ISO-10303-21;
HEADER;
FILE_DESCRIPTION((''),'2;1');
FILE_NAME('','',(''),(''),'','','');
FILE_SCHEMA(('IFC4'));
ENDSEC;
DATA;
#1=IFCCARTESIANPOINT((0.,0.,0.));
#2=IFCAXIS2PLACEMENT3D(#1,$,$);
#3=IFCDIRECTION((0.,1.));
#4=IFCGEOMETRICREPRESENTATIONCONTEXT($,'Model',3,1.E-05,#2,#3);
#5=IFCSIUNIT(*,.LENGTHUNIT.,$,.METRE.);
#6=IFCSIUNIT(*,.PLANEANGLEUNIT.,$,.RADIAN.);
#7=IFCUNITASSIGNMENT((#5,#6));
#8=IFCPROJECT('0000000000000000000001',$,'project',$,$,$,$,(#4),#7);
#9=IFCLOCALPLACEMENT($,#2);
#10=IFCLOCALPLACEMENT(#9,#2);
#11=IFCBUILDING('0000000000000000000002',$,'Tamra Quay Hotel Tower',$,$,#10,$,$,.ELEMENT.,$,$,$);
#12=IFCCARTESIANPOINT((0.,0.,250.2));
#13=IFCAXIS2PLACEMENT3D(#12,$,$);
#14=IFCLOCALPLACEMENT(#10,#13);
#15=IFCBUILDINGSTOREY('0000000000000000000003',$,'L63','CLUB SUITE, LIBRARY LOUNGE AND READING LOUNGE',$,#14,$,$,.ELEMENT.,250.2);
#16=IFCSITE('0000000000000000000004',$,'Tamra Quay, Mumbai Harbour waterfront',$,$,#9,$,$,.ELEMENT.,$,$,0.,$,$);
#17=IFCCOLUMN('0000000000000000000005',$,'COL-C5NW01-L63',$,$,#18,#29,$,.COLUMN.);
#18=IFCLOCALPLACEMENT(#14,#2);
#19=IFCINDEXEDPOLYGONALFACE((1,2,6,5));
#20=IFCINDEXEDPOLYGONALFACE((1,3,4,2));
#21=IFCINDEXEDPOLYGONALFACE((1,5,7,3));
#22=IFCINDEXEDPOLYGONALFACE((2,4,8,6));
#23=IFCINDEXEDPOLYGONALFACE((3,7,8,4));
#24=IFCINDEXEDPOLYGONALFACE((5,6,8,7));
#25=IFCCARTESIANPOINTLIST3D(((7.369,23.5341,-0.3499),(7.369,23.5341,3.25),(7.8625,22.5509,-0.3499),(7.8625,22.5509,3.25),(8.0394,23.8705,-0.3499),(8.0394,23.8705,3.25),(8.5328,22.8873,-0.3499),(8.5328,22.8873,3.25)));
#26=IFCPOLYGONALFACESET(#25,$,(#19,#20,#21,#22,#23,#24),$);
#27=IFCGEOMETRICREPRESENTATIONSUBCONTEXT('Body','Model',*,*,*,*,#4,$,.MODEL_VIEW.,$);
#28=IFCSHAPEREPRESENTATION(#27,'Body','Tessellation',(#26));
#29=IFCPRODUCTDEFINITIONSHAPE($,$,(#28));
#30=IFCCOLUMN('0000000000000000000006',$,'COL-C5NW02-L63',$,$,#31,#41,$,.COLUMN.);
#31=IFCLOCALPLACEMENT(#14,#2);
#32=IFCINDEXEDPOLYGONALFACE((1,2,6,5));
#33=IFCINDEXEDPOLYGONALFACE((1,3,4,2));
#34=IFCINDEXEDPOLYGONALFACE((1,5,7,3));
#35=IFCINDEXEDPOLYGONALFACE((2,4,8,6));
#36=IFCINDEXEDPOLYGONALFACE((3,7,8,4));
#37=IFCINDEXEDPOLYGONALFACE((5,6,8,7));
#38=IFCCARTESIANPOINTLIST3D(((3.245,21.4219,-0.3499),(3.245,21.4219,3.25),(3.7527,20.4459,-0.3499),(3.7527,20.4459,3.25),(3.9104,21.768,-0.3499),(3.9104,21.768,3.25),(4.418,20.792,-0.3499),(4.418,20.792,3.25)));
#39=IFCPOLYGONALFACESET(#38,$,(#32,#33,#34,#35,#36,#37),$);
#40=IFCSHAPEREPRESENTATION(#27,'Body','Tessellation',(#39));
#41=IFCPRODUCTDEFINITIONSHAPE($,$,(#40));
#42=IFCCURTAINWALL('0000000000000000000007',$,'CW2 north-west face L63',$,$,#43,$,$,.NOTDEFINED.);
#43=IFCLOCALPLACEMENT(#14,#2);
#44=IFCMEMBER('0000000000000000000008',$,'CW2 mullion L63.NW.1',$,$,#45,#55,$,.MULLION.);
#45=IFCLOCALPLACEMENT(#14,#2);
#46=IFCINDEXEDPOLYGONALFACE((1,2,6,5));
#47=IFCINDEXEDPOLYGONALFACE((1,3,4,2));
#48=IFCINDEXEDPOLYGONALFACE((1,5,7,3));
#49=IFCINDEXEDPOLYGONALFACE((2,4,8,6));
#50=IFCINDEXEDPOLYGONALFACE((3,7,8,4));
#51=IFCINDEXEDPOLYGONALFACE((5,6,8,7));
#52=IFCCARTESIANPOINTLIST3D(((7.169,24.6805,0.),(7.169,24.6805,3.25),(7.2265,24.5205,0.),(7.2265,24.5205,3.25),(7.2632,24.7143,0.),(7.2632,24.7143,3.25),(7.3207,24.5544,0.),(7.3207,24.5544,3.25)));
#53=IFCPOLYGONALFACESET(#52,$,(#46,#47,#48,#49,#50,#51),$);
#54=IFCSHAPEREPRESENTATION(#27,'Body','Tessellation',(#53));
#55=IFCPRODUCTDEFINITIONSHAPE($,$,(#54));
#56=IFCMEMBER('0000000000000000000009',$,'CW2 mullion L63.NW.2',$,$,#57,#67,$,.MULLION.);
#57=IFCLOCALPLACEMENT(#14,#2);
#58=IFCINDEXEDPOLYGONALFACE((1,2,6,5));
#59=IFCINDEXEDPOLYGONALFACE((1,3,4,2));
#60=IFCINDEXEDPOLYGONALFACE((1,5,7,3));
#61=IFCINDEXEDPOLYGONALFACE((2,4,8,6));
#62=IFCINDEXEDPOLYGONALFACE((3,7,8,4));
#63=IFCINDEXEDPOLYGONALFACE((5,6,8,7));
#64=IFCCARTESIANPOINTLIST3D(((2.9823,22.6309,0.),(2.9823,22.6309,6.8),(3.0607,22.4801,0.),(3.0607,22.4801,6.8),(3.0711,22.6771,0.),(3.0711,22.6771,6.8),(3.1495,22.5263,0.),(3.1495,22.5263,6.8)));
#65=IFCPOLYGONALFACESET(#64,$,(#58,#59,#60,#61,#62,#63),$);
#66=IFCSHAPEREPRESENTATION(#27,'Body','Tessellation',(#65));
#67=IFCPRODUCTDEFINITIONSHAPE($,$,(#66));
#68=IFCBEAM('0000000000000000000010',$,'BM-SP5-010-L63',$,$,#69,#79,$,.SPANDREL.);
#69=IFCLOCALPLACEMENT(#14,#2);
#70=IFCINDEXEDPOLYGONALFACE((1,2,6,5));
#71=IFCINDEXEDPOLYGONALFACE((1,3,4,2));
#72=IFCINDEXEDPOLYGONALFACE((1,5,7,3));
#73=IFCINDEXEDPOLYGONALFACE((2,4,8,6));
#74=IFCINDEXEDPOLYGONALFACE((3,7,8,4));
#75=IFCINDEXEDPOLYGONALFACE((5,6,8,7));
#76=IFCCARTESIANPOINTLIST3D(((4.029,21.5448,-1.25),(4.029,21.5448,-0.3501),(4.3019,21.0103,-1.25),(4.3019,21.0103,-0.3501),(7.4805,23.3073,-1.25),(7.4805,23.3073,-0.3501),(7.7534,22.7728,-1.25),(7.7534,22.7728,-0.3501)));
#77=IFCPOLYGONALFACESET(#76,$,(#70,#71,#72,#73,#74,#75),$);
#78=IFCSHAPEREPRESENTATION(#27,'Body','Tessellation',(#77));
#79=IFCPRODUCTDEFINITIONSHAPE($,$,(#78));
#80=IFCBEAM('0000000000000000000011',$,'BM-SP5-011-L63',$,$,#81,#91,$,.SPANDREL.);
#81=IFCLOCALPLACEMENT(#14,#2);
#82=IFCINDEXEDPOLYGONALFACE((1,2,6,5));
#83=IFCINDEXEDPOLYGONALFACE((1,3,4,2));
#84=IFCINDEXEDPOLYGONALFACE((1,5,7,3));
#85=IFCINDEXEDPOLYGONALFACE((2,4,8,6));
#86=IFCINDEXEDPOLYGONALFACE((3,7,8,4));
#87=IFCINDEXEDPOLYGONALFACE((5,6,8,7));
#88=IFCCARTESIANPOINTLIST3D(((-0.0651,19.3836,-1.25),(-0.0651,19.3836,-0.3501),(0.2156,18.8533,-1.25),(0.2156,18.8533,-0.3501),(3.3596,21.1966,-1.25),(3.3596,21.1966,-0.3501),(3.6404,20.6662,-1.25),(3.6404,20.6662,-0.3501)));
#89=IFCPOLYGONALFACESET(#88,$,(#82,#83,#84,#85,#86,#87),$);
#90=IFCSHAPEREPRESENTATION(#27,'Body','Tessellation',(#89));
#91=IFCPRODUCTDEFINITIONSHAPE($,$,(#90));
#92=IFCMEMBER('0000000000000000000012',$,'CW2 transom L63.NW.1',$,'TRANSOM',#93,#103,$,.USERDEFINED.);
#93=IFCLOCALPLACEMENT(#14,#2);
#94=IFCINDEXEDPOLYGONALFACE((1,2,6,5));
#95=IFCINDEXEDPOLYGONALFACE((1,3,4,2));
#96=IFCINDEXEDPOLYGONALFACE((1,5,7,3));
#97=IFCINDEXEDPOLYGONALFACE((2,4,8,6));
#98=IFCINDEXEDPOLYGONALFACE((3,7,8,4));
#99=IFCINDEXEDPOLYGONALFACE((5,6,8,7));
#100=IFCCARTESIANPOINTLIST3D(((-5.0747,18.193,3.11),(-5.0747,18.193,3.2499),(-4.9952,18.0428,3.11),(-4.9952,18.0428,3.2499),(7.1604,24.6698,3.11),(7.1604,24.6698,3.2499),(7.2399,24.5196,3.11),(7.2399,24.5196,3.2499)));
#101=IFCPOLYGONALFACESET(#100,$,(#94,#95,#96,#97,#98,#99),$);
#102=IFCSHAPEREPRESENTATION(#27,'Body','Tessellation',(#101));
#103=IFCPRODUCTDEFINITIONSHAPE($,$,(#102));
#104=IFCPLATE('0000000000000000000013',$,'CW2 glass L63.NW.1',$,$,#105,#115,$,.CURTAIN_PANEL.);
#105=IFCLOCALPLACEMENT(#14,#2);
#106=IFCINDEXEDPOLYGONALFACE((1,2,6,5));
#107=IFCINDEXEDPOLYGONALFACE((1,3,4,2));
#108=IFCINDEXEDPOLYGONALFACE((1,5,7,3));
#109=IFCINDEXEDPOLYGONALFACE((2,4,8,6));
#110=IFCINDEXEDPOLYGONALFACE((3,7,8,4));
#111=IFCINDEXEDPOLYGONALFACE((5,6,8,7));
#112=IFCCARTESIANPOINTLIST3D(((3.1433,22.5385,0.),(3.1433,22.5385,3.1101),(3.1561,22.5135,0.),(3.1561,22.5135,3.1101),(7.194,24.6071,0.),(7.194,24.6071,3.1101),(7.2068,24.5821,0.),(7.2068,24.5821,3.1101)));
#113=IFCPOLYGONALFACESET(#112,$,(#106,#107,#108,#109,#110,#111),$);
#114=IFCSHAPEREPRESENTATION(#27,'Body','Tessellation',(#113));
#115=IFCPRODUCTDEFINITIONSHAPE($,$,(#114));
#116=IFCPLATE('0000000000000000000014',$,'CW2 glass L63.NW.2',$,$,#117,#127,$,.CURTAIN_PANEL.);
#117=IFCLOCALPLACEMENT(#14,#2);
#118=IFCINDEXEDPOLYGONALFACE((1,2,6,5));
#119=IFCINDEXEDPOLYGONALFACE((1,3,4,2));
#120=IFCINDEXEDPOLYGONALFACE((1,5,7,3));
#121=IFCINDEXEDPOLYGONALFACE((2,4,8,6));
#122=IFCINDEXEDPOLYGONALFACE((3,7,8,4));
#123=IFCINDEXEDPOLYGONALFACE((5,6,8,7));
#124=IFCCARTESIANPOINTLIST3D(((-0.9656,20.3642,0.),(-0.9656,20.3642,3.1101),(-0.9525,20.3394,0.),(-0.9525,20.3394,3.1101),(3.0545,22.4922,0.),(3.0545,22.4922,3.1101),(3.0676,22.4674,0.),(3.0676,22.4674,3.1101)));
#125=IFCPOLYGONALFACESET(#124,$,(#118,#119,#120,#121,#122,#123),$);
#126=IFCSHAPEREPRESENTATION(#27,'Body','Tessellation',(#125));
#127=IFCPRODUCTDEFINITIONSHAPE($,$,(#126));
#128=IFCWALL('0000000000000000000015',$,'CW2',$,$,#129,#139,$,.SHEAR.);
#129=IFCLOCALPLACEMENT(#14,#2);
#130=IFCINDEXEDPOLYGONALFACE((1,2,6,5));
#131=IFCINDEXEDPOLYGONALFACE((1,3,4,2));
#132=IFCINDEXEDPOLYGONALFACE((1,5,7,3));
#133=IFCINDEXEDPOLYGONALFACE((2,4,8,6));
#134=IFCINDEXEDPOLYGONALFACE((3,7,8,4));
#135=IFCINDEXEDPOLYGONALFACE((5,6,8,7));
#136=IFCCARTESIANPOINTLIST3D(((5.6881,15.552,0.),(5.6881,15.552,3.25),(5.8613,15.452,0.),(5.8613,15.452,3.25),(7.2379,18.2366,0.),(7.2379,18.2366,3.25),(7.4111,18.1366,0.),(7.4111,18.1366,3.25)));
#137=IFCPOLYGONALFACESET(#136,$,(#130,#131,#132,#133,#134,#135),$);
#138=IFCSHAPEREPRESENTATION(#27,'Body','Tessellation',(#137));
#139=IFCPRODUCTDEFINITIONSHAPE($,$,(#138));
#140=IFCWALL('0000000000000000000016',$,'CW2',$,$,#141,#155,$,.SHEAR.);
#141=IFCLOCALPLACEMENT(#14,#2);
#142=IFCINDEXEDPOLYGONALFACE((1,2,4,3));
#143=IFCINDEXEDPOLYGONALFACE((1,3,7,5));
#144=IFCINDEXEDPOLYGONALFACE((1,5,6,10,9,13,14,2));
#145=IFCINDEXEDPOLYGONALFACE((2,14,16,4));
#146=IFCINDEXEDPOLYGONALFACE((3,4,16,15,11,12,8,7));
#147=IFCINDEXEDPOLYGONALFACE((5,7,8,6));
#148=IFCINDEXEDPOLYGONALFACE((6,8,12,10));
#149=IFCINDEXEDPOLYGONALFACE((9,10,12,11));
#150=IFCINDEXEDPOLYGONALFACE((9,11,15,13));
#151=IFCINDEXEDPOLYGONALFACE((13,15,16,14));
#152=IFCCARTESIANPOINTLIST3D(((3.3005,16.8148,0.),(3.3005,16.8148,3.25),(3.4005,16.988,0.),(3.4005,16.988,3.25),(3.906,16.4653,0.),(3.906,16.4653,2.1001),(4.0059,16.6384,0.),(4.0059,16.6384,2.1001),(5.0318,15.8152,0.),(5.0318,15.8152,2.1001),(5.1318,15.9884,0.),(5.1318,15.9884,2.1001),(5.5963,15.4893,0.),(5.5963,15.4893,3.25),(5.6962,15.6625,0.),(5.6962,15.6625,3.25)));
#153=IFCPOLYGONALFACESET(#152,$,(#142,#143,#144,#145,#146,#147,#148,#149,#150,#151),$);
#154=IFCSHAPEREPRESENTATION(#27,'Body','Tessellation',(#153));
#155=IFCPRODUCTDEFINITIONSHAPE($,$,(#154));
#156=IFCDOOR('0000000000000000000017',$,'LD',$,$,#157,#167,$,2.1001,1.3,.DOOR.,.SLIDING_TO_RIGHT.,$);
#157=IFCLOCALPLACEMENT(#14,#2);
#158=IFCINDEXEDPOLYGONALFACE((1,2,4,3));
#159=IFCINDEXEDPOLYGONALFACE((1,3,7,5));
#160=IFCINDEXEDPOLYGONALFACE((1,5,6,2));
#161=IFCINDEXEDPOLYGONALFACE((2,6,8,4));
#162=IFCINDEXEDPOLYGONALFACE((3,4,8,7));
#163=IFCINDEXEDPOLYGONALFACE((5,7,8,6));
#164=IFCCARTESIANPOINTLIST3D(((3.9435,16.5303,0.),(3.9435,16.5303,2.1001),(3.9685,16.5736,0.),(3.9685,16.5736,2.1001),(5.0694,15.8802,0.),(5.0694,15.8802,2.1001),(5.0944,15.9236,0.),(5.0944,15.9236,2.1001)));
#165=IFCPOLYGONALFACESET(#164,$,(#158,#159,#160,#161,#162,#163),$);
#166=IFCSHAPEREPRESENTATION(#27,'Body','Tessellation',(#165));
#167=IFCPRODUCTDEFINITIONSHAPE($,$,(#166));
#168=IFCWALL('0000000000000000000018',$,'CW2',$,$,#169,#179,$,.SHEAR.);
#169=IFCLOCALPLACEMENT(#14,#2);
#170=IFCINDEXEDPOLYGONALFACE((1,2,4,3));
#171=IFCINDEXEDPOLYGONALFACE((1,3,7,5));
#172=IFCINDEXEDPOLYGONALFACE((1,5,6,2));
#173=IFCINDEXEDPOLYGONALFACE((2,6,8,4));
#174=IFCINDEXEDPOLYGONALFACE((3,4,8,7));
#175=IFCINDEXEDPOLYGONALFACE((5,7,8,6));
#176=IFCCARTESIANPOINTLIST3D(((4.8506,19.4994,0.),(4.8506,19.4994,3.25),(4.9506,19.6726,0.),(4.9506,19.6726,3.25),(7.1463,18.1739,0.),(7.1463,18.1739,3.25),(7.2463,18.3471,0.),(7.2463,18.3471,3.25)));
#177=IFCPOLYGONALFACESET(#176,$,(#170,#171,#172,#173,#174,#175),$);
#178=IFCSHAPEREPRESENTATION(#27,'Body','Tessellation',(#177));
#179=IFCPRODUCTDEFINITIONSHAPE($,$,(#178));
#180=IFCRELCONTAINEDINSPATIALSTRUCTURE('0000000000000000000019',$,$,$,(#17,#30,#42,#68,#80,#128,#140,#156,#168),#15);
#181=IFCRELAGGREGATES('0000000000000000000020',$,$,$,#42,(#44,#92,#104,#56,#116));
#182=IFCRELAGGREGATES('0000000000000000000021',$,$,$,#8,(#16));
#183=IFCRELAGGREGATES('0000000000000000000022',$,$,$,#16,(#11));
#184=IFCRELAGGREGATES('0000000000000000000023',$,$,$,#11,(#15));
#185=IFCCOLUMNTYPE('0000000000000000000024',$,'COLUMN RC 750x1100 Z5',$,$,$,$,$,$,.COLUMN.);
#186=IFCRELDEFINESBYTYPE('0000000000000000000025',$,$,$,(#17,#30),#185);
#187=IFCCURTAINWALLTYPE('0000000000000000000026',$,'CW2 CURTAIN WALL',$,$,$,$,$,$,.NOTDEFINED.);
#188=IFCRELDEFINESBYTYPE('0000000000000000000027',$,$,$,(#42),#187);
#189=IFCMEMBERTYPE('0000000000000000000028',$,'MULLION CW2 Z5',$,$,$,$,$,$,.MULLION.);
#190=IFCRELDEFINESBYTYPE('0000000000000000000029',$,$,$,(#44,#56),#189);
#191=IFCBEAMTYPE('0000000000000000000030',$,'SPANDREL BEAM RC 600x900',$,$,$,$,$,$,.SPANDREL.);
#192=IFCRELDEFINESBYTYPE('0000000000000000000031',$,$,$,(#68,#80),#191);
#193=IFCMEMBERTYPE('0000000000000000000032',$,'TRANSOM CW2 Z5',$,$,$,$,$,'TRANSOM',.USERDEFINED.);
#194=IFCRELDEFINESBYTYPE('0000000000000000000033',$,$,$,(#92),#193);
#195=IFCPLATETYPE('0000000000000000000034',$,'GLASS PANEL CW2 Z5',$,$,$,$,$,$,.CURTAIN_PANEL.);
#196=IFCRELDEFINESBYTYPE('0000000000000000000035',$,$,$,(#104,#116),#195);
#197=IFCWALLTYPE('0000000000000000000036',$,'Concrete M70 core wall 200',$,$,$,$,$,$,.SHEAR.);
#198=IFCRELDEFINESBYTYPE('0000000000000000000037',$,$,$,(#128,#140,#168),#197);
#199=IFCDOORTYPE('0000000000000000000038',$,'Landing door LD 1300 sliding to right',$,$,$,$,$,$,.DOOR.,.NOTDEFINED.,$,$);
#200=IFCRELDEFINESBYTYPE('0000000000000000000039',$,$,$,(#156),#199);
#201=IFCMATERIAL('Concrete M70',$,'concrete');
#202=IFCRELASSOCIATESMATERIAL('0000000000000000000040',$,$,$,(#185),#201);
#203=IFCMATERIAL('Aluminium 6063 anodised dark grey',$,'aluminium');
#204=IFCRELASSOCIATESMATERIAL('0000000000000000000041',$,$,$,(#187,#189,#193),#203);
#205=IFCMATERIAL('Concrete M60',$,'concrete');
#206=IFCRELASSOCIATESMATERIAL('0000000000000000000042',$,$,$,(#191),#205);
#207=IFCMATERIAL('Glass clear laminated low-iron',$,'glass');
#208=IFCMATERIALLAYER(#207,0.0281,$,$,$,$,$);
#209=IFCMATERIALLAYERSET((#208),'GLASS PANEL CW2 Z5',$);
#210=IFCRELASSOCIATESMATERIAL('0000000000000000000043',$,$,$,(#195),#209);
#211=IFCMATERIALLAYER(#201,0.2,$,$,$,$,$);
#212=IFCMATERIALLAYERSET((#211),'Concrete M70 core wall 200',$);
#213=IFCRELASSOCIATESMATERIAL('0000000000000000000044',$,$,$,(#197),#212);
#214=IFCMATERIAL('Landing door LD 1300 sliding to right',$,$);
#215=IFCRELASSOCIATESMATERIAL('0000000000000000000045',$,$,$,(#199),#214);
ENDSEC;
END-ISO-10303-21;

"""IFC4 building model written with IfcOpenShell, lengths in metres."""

from ifc_helpers import new_model, si_unit, direction, frame, frame_2d, origin, origin_2d, place, context, subcontext, project, spatial, rectangle, extrude, material, layer, layer_set, material_profile, profile_set, type_object, element, fill, aggregate, save


model = new_model("IFC4")

# Units and contexts
model_context = context("Model", 3, precision=1e-05, world=origin(), true_north=direction((0.0, 1.0)))
body_context = subcontext(model_context, "Body", "Model", "MODEL_VIEW")
ifc_project = project(units=[si_unit("LENGTHUNIT", "METRE"), si_unit("PLANEANGLEUNIT", "RADIAN")], contexts=[model_context])

# Site, building, storey
site_placement = place(None, origin())
site = spatial("IfcSite", under=ifc_project, at=site_placement, Name="Tamra Quay, Mumbai Harbour waterfront", CompositionType="ELEMENT", RefElevation=0.0)
building_placement = place(site_placement, origin())
building = spatial("IfcBuilding", under=site, at=building_placement, Name="Tamra Quay Hotel Tower", CompositionType="ELEMENT")
storey_placement = place(building_placement, frame((0.0, 0.0, 250.2)))
storey = spatial("IfcBuildingStorey", under=building, at=storey_placement, Name="L63", Description="CLUB SUITE, LIBRARY LOUNGE AND READING LOUNGE", CompositionType="ELEMENT", Elevation=250.2)

# Columns
ifc_material_1 = material(Name="Concrete M70", Category="concrete")
ifc_material_profile_1 = material_profile(ifc_material_1, rectangle(XDim=1.1001, YDim=0.75, at=origin_2d()), Name="COLUMN RC 750x1100 Z5")
ifc_profile_set_1 = profile_set([ifc_material_profile_1], Name="Concrete M70")
column_type = type_object("IfcColumnType", Name="COLUMN RC 750x1100 Z5", PredefinedType="COLUMN", material=ifc_profile_set_1)
for number, where, z_axis, x_axis, name in (
    (1, (7.9509, 23.2107, -0.3499), (0.0, 0.0, 1.0), (-0.448553, 0.893756, 0.0), "COL-C5NW01-L63"),
    (2, (3.8315, 21.1069, -0.3499), (0.0, 0.0, 1.0), (-0.461448, 0.887167, 0.0), "COL-C5NW02-L63"),
):
    element("IfcColumn", number, at=place(storey_placement, frame(where, z_axis=z_axis, x_axis=x_axis)), inside=storey, type_object=column_type, Name=name, PredefinedType="COLUMN", context=body_context, shape_type="SweptSolid", body=[
        extrude(rectangle(XDim=1.1001, YDim=0.75, at=origin_2d()), origin(), (0.0, 0.0, 1.0), 3.5999),
    ])

# Curtain wall, members
ifc_material_2 = material(Name="Aluminium 6063 anodised dark grey", Category="aluminium")
curtain_wall_type = type_object("IfcCurtainWallType", Name="CW2 CURTAIN WALL", PredefinedType="NOTDEFINED", material=ifc_material_2)
curtain_wall_placement = place(storey_placement, origin())
curtain_wall = element("IfcCurtainWall", 3, at=curtain_wall_placement, inside=storey, type_object=curtain_wall_type, Name="CW2 north-west face L63", PredefinedType="NOTDEFINED")
ifc_material_profile_2 = material_profile(ifc_material_2, rectangle(XDim=0.1699, YDim=0.1001, at=origin_2d()), Name="MULLION 100X170")
ifc_profile_set_2 = profile_set([ifc_material_profile_2], Name="Aluminium 6063 anodised dark grey")
member_type_1 = type_object("IfcMemberType", Name="MULLION CW2 Z5", PredefinedType="MULLION", material=ifc_profile_set_2)
member_1_placement = place(storey_placement, frame((7.2449, 24.6174, 0.0), z_axis=(0.0, 0.0, 1.0), x_axis=(-0.338259, 0.941053, 0.0)))
member_1 = element("IfcMember", 4, at=member_1_placement, type_object=member_type_1, Name="CW2 mullion L63.NW.1", PredefinedType="MULLION", context=body_context, shape_type="SweptSolid", body=[
    extrude(rectangle(XDim=0.1699, YDim=0.1001, at=origin_2d()), origin(), (0.0, 0.0, 1.0), 3.25),
])
member_2_placement = place(storey_placement, frame((3.0659, 22.5786, 0.0), z_axis=(0.0, 0.0, 1.0), x_axis=(-0.461344, 0.887221, 0.0)))
member_2 = element("IfcMember", 5, at=member_2_placement, type_object=member_type_1, Name="CW2 mullion L63.NW.2", PredefinedType="MULLION", context=body_context, shape_type="SweptSolid", body=[
    extrude(rectangle(XDim=0.1699, YDim=0.1001, at=origin_2d()), origin(), (0.0, 0.0, 1.0), 6.8),
])

# Beams
ifc_material_3 = material(Name="Concrete M60", Category="concrete")
ifc_material_profile_3 = material_profile(ifc_material_3, rectangle(XDim=0.6001, YDim=0.8999, at=origin_2d()), Name="SPANDREL BEAM RC 600x900")
ifc_profile_set_3 = profile_set([ifc_material_profile_3], Name="Concrete M60")
beam_type = type_object("IfcBeamType", Name="SPANDREL BEAM RC 600x900", PredefinedType="SPANDREL", material=ifc_profile_set_3)
beam_1_placement = place(storey_placement, frame((7.6169, 23.04, -0.8), z_axis=(-0.890603, -0.454782, 0.0), x_axis=(0.454782, -0.890603, 0.0)))
element("IfcBeam", 6, at=beam_1_placement, inside=storey, type_object=beam_type, Name="BM-SP5-010-L63", PredefinedType="SPANDREL", context=body_context, shape_type="SweptSolid", body=[
    extrude(rectangle(XDim=0.6001, YDim=0.8999, at=origin_2d()), origin(), (0.0, 0.0, 1.0), 3.8755),
])
beam_2_placement = place(storey_placement, frame((3.5, 20.9314, -0.8), z_axis=(-0.883803, -0.467859, 0.0), x_axis=(0.467859, -0.883803, 0.0)))
element("IfcBeam", 7, at=beam_2_placement, inside=storey, type_object=beam_type, Name="BM-SP5-011-L63", PredefinedType="SPANDREL", context=body_context, shape_type="SweptSolid", body=[
    extrude(rectangle(XDim=0.6001, YDim=0.8999, at=origin_2d()), origin(), (0.0, 0.0, 1.0), 3.875),
])

# Member
ifc_material_profile_4 = material_profile(ifc_material_2, rectangle(XDim=0.1699, YDim=0.1399, at=origin_2d()), Name="TRANSOM 170X140")
ifc_profile_set_4 = profile_set([ifc_material_profile_4], Name="Aluminium 6063 anodised dark grey")
member_type_2 = type_object("IfcMemberType", Name="TRANSOM CW2 Z5", ElementType="TRANSOM", PredefinedType="USERDEFINED", material=ifc_profile_set_4)
member_3_placement = place(storey_placement, frame((7.2002, 24.5947, 3.1799), z_axis=(-0.883806, -0.467854, 0.0), x_axis=(0.467854, -0.883806, 0.0)))
member_3 = element("IfcMember", 8, at=member_3_placement, type_object=member_type_2, Name="CW2 transom L63.NW.1", ObjectType="TRANSOM", PredefinedType="USERDEFINED", context=body_context, shape_type="SweptSolid", body=[
    extrude(rectangle(XDim=0.1699, YDim=0.1399, at=origin_2d()), origin(), (0.0, 0.0, 1.0), 13.8438),
])

# Plates
ifc_material_4 = material(Name="Glass clear laminated low-iron", Category="glass")
ifc_layer_1 = layer(ifc_material_4, 0.0281)
ifc_layer_set_1 = layer_set([ifc_layer_1], Name="GLASS PANEL CW2 Z5")
plate_type = type_object("IfcPlateType", Name="GLASS PANEL CW2 Z5", PredefinedType="CURTAIN_PANEL", material=ifc_layer_set_1)
plate_1_placement = place(storey_placement, frame((5.175, 23.5603, 0.0), z_axis=(0.0, 0.0, 1.0), x_axis=(-0.890582, -0.454822, 0.0)))
plate_1 = element("IfcPlate", 9, at=plate_1_placement, type_object=plate_type, Name="CW2 glass L63.NW.1", PredefinedType="CURTAIN_PANEL", context=body_context, shape_type="SweptSolid", body=[
    extrude(rectangle(XDim=4.5483, YDim=0.0281, at=origin_2d()), origin(), (0.0, 0.0, 1.0), 3.1101),
])
plate_2_placement = place(storey_placement, frame((1.051, 21.4158, 0.0), z_axis=(0.0, 0.0, 1.0), x_axis=(-0.883813, -0.467841, 0.0)))
plate_2 = element("IfcPlate", 10, at=plate_2_placement, type_object=plate_type, Name="CW2 glass L63.NW.2", PredefinedType="CURTAIN_PANEL", context=body_context, shape_type="SweptSolid", body=[
    extrude(rectangle(XDim=4.5486, YDim=0.0281, at=origin_2d()), origin(), (0.0, 0.0, 1.0), 3.1101),
])
aggregate(curtain_wall, [member_1, member_3, plate_1, member_2, plate_2])

# Wall
ifc_layer_2 = layer(ifc_material_1, 0.2)
ifc_layer_set_2 = layer_set([ifc_layer_2], Name="Concrete M70 core wall 200")
wall_type_1 = type_object("IfcWallType", Name="Concrete M70 core wall 200", PredefinedType="SHEAR", material=ifc_layer_set_2)
wall_1_placement = place(storey_placement, frame((7.3245, 18.1865, 0.0), z_axis=(0.0, 0.0, 1.0), x_axis=(-0.499968, -0.866044, 0.0)))
element("IfcWall", 11, at=wall_1_placement, inside=storey, type_object=wall_type_1, Name="CW2", PredefinedType="SHEAR", context=body_context, shape_type="SweptSolid", body=[
    extrude(rectangle(XDim=3.0999, YDim=0.2, at=frame_2d((1.5498, 0.0))), origin(), (0.0, 0.0, 1.0), 3.25),
])

# Wall, opening, door
wall_2_placement = place(storey_placement, frame((5.6462, 15.5759, 0.0), z_axis=(0.0, 0.0, 1.0), x_axis=(-0.866018, 0.500012, 0.0)))
wall_2 = element("IfcWall", 12, at=wall_2_placement, inside=storey, type_object=wall_type_1, Name="CW2", PredefinedType="SHEAR", context=body_context, shape_type="SweptSolid", body=[
    extrude(rectangle(XDim=2.6509, YDim=0.2, at=frame_2d((1.3254, 0.0))), origin(), (0.0, 0.0, 1.0), 3.25),
])
opening_1_placement = place(wall_2_placement, frame((0.6519, 0.0, 0.0)))
opening_1 = element("IfcOpeningElement", 13, at=opening_1_placement, cuts=wall_2, PredefinedType="OPENING", context=body_context, shape_type="SweptSolid", body=[
    extrude(rectangle(XDim=1.3, YDim=2.1001, at=frame_2d((0.6499, 1.05))), frame((0.0, 0.1099, 0.0), z_axis=(0.0, -1.0, 0.0), x_axis=(1.0, 0.0, 0.0)), (0.0, 0.0, 1.0), 0.22),
])
ifc_material_5 = material(Name="Landing door LD 1300 sliding to right")
door_type_1 = type_object("IfcDoorType", Name="Landing door LD 1300 sliding to right", OperationType="NOTDEFINED", PredefinedType="DOOR", material=ifc_material_5)
door_1_placement = place(opening_1_placement, origin())
door_1 = element("IfcDoor", 14, at=door_1_placement, inside=storey, type_object=door_type_1, Name="LD", OperationType="SLIDING_TO_RIGHT", OverallHeight=2.1001, OverallWidth=1.3, PredefinedType="DOOR", context=body_context, shape_type="SweptSolid", body=[
    extrude(rectangle(XDim=1.3, YDim=2.1001, at=frame_2d((0.6499, 1.05))), frame((0.0, 0.0249, 0.0), z_axis=(0.0, -1.0, 0.0), x_axis=(1.0, 0.0, 0.0)), (0.0, 0.0, 1.0), 0.05),
])
fill(opening_1, door_1)

# Wall
wall_3_placement = place(storey_placement, frame((7.1963, 18.2605, 0.0), z_axis=(0.0, 0.0, 1.0), x_axis=(-0.866018, 0.500012, 0.0)))
element("IfcWall", 15, at=wall_3_placement, inside=storey, type_object=wall_type_1, Name="CW2", PredefinedType="SHEAR", context=body_context, shape_type="SweptSolid", body=[
    extrude(rectangle(XDim=2.6509, YDim=0.2, at=frame_2d((1.3254, 0.0))), origin(), (0.0, 0.0, 1.0), 3.25),
])

save(model, "model.ifc")
